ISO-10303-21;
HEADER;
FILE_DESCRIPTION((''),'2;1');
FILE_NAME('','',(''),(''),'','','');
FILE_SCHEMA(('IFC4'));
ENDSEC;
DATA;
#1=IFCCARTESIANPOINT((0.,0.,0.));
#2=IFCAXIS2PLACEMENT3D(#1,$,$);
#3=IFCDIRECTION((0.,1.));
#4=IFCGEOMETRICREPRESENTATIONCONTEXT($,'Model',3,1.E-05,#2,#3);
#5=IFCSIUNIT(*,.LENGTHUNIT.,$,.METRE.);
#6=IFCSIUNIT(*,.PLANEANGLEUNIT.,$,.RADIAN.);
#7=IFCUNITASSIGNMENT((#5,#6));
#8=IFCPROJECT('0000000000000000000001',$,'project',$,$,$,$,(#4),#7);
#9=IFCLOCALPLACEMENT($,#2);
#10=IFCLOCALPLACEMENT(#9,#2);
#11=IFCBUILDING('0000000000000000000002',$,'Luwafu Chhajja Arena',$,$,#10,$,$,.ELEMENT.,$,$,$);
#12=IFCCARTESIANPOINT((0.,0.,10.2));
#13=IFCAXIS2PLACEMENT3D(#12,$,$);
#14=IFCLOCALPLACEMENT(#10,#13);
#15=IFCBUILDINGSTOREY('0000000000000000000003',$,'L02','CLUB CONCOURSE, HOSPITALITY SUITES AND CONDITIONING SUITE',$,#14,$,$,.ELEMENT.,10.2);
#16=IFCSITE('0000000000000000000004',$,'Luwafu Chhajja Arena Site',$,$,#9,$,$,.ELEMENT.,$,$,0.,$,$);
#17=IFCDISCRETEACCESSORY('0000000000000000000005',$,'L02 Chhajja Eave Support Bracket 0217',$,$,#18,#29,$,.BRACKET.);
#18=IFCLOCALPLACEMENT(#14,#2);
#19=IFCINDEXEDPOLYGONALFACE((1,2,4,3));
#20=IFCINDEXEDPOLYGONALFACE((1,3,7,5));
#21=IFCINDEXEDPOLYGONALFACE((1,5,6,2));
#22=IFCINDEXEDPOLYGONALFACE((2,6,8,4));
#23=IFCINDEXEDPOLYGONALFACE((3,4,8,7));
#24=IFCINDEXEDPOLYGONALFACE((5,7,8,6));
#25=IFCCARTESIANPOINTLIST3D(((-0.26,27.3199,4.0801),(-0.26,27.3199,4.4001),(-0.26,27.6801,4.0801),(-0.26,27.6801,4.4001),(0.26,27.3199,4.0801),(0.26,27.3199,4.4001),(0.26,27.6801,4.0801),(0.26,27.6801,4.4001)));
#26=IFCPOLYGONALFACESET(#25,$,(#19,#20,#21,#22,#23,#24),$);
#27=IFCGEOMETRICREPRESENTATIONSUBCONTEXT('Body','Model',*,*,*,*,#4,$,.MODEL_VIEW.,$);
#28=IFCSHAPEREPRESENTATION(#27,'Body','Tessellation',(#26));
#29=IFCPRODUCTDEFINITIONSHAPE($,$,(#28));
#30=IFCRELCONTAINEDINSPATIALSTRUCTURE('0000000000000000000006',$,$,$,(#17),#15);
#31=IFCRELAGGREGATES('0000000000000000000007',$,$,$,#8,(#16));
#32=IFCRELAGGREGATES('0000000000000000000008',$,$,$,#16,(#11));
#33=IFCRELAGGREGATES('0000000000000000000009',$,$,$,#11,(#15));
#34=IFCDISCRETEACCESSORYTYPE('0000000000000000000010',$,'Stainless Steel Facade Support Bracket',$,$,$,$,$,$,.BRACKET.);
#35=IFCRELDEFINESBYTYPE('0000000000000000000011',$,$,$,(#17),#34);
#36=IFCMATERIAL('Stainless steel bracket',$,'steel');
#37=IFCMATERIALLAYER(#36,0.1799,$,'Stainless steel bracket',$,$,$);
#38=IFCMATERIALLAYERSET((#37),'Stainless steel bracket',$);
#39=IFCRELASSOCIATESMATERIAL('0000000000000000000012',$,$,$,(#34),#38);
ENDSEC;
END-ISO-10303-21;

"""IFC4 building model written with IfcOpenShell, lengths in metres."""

from ifc_helpers import new_model, si_unit, direction, frame, origin, origin_2d, place, context, subcontext, project, spatial, rectangle, extrude, material, layer, layer_set, type_object, element, save


model = new_model("IFC4")

# Units and contexts
model_context = context("Model", 3, precision=1e-05, world=origin(), true_north=direction((0.0, 1.0)))
body_context = subcontext(model_context, "Body", "Model", "MODEL_VIEW")
ifc_project = project(units=[si_unit("LENGTHUNIT", "METRE"), si_unit("PLANEANGLEUNIT", "RADIAN")], contexts=[model_context])

# Site, building, storey
site_placement = place(None, origin())
site = spatial("IfcSite", under=ifc_project, at=site_placement, Name="Luwafu Chhajja Arena Site", CompositionType="ELEMENT", RefElevation=0.0)
building_placement = place(site_placement, origin())
building = spatial("IfcBuilding", under=site, at=building_placement, Name="Luwafu Chhajja Arena", CompositionType="ELEMENT")
storey_placement = place(building_placement, frame((0.0, 0.0, 10.2)))
storey = spatial("IfcBuildingStorey", under=building, at=storey_placement, Name="L02", Description="CLUB CONCOURSE, HOSPITALITY SUITES AND CONDITIONING SUITE", CompositionType="ELEMENT", Elevation=10.2)

# Discrete accessory
ifc_material_1 = material(Name="Stainless steel bracket", Category="steel")
ifc_layer_1 = layer(ifc_material_1, 0.1799, Name="Stainless steel bracket")
ifc_layer_set_1 = layer_set([ifc_layer_1], Name="Stainless steel bracket")
discrete_accessory_type = type_object("IfcDiscreteAccessoryType", Name="Stainless Steel Facade Support Bracket", PredefinedType="BRACKET", material=ifc_layer_set_1)
discrete_accessory_placement = place(storey_placement, frame((0.0, 27.5, 4.0801), z_axis=(0.0, 0.0, 1.0), x_axis=(0.0, 1.0, 0.0)))
element("IfcDiscreteAccessory", 1, at=discrete_accessory_placement, inside=storey, type_object=discrete_accessory_type, Name="L02 Chhajja Eave Support Bracket 0217", PredefinedType="BRACKET", context=body_context, shape_type="SweptSolid", body=[
    extrude(rectangle(XDim=0.3601, YDim=0.52, at=origin_2d()), origin(), (0.0, 0.0, 1.0), 0.3201),
])

save(model, "model.ifc")
